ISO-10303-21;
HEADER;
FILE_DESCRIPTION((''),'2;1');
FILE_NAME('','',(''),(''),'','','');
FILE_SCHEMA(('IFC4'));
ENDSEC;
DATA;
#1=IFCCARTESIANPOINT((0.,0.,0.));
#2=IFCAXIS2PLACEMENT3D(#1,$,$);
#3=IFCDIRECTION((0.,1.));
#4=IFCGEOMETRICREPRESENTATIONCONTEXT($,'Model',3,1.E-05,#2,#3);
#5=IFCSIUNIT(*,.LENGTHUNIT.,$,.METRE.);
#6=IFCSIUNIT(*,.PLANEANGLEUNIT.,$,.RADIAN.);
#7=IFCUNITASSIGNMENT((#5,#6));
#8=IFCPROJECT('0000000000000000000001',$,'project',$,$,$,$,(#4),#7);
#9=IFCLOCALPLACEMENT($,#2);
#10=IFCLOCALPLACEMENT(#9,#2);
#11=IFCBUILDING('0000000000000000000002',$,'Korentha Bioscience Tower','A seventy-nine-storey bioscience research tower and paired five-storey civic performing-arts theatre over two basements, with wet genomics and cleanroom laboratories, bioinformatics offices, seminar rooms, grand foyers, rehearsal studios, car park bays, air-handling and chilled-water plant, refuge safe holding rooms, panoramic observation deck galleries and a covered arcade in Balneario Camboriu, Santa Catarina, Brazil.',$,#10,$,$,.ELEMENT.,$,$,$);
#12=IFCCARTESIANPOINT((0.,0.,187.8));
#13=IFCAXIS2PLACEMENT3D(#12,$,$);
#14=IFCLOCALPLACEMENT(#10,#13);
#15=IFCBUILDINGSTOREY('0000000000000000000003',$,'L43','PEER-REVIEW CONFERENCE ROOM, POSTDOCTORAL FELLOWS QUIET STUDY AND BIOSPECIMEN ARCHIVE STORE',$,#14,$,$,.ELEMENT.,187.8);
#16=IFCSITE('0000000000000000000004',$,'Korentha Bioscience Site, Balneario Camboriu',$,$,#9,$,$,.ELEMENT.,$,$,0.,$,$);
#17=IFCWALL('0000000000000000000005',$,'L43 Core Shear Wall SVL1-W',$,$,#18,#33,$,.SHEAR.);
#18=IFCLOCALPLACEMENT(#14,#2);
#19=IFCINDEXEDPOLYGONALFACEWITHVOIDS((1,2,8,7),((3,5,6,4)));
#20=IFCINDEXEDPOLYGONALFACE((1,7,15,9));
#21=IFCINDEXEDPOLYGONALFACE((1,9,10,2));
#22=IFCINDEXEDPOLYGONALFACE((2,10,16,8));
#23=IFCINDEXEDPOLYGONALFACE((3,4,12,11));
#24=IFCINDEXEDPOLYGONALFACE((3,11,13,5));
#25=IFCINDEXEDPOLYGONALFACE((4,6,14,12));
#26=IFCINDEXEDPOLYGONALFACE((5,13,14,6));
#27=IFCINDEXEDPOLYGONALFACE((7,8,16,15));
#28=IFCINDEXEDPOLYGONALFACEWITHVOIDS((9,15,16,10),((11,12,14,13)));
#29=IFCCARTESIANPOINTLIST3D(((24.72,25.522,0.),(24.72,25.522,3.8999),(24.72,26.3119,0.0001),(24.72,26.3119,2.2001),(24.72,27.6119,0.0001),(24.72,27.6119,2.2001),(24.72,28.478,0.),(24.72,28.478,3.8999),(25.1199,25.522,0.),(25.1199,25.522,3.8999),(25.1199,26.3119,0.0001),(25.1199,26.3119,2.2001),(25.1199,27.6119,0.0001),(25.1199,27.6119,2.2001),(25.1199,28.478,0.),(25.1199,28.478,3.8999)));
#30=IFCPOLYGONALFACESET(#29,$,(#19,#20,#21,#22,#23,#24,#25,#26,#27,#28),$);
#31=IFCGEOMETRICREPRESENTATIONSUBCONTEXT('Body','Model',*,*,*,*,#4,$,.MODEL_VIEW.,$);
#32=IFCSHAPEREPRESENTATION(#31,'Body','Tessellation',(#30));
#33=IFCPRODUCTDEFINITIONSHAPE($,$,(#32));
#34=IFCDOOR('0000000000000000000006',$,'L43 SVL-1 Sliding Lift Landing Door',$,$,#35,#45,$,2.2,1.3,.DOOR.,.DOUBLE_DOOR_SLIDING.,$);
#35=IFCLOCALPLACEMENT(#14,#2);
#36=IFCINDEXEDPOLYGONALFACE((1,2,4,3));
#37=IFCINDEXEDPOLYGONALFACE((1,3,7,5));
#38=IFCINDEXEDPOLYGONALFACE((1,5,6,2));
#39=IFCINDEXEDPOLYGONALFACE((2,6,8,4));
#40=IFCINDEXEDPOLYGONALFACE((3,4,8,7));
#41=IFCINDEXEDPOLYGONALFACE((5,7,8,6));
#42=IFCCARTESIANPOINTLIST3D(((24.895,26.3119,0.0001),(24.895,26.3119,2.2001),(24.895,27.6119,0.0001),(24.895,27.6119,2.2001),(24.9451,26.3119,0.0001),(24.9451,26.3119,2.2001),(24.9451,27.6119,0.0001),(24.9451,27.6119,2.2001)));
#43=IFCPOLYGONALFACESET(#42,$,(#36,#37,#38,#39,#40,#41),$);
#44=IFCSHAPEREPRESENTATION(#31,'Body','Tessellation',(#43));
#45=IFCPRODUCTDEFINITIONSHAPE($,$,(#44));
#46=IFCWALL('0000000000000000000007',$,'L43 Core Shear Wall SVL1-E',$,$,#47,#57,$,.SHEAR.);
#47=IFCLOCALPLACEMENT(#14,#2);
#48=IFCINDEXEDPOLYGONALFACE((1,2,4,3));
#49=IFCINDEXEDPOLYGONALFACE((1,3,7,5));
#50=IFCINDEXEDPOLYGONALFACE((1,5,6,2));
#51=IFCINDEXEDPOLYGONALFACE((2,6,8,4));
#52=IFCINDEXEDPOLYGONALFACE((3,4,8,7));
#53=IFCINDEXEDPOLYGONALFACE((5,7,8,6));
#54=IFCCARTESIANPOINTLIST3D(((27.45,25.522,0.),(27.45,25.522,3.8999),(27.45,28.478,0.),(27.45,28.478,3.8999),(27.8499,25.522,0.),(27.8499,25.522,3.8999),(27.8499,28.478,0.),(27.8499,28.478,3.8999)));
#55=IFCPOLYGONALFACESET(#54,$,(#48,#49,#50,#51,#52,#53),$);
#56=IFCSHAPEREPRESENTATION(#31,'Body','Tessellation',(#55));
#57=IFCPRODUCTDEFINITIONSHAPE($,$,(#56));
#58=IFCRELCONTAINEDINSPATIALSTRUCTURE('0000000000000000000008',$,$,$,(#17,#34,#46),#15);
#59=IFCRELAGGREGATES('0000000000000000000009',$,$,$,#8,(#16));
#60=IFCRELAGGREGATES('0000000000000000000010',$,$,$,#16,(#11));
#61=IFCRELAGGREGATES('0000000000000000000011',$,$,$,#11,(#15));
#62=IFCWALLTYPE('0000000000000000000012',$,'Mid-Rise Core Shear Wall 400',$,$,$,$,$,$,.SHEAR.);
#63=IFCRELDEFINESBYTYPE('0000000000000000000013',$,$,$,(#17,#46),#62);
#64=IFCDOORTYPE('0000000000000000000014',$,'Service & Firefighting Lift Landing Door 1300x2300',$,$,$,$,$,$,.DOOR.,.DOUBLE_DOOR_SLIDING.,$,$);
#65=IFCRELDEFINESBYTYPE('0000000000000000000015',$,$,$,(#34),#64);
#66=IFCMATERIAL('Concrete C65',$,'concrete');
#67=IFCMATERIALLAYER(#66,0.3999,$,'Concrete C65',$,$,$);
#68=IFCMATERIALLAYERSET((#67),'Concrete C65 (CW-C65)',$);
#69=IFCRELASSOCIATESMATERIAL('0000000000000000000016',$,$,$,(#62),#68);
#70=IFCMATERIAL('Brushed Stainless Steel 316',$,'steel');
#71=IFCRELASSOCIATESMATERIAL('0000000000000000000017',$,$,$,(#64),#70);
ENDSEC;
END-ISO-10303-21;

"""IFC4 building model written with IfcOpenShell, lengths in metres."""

from ifc_helpers import new_model, si_unit, direction, frame, frame_2d, origin, place, context, subcontext, project, spatial, rectangle, extrude, material, layer, layer_set, type_object, element, fill, save


model = new_model("IFC4")

# Units and contexts
model_context = context("Model", 3, precision=1e-05, world=origin(), true_north=direction((0.0, 1.0)))
body_context = subcontext(model_context, "Body", "Model", "MODEL_VIEW")
ifc_project = project(units=[si_unit("LENGTHUNIT", "METRE"), si_unit("PLANEANGLEUNIT", "RADIAN")], contexts=[model_context])

# Site, building, storey
site_placement = place(None, origin())
site = spatial("IfcSite", under=ifc_project, at=site_placement, Name="Korentha Bioscience Site, Balneario Camboriu", CompositionType="ELEMENT", RefElevation=0.0)
building_placement = place(site_placement, origin())
building = spatial("IfcBuilding", under=site, at=building_placement, Name="Korentha Bioscience Tower", Description="A seventy-nine-storey bioscience research tower and paired five-storey civic performing-arts theatre over two basements, with wet genomics and cleanroom laboratories, bioinformatics offices, seminar rooms, grand foyers, rehearsal studios, car park bays, air-handling and chilled-water plant, refuge safe holding rooms, panoramic observation deck galleries and a covered arcade in Balneario Camboriu, Santa Catarina, Brazil.", CompositionType="ELEMENT")
storey_placement = place(building_placement, frame((0.0, 0.0, 187.8)))
storey = spatial("IfcBuildingStorey", under=building, at=storey_placement, Name="L43", Description="PEER-REVIEW CONFERENCE ROOM, POSTDOCTORAL FELLOWS QUIET STUDY AND BIOSPECIMEN ARCHIVE STORE", CompositionType="ELEMENT", Elevation=187.8)

# Shared definitions
ifc_material_1 = material(Name="Concrete C65", Category="concrete")

# Shared definitions
ifc_layer_1 = layer(ifc_material_1, 0.3999, Name="Concrete C65")
ifc_layer_set_1 = layer_set([ifc_layer_1], Name="Concrete C65 (CW-C65)")
wall_type_1 = type_object("IfcWallType", Name="Mid-Rise Core Shear Wall 400", PredefinedType="SHEAR", material=ifc_layer_set_1)

# Shared definitions
ifc_material_2 = material(Name="Brushed Stainless Steel 316", Category="steel")
door_type_1 = type_object("IfcDoorType", Name="Service & Firefighting Lift Landing Door 1300x2300", OperationType="DOUBLE_DOOR_SLIDING", PredefinedType="DOOR", material=ifc_material_2)

# Wall, opening, door
wall_1_placement = place(storey_placement, frame((24.9199, 25.522, 0.0), z_axis=(0.0, 0.0, 1.0), x_axis=(0.0, 1.0, 0.0)))
wall_1 = element("IfcWall", 1, at=wall_1_placement, inside=storey, type_object=wall_type_1, Name="L43 Core Shear Wall SVL1-W", PredefinedType="SHEAR", context=body_context, shape_type="SweptSolid", body=[
    extrude(rectangle(XDim=2.9561, YDim=0.3999, at=frame_2d((1.478, 0.0))), origin(), (0.0, 0.0, 1.0), 3.8999),
])
opening_1_placement = place(wall_1_placement, frame((0.79, 0.0, 0.0)))
opening_1 = element("IfcOpeningElement", 2, at=opening_1_placement, cuts=wall_1, PredefinedType="OPENING", context=body_context, shape_type="SweptSolid", body=[
    extrude(rectangle(XDim=1.3, YDim=2.2, at=frame_2d((0.6499, 1.1001))), frame((0.0, 0.2148, 0.0), z_axis=(0.0, -1.0, 0.0), x_axis=(1.0, 0.0, 0.0)), (0.0, 0.0, 1.0), 0.4297),
])
door_1_placement = place(opening_1_placement, origin())
door_1 = element("IfcDoor", 3, at=door_1_placement, inside=storey, type_object=door_type_1, Name="L43 SVL-1 Sliding Lift Landing Door", OperationType="DOUBLE_DOOR_SLIDING", OverallHeight=2.2, OverallWidth=1.3, PredefinedType="DOOR", context=body_context, shape_type="SweptSolid", body=[
    extrude(rectangle(XDim=1.3, YDim=2.2, at=frame_2d((0.6499, 1.1001))), frame((0.0, 0.0249, 0.0), z_axis=(0.0, -1.0, 0.0), x_axis=(1.0, 0.0, 0.0)), (0.0, 0.0, 1.0), 0.05),
])
fill(opening_1, door_1)

# Wall
wall_2_placement = place(storey_placement, frame((27.6499, 25.522, 0.0), z_axis=(0.0, 0.0, 1.0), x_axis=(0.0, 1.0, 0.0)))
element("IfcWall", 4, at=wall_2_placement, inside=storey, type_object=wall_type_1, Name="L43 Core Shear Wall SVL1-E", PredefinedType="SHEAR", context=body_context, shape_type="SweptSolid", body=[
    extrude(rectangle(XDim=2.9561, YDim=0.3999, at=frame_2d((1.478, 0.0))), origin(), (0.0, 0.0, 1.0), 3.8999),
])

save(model, "model.ifc")
